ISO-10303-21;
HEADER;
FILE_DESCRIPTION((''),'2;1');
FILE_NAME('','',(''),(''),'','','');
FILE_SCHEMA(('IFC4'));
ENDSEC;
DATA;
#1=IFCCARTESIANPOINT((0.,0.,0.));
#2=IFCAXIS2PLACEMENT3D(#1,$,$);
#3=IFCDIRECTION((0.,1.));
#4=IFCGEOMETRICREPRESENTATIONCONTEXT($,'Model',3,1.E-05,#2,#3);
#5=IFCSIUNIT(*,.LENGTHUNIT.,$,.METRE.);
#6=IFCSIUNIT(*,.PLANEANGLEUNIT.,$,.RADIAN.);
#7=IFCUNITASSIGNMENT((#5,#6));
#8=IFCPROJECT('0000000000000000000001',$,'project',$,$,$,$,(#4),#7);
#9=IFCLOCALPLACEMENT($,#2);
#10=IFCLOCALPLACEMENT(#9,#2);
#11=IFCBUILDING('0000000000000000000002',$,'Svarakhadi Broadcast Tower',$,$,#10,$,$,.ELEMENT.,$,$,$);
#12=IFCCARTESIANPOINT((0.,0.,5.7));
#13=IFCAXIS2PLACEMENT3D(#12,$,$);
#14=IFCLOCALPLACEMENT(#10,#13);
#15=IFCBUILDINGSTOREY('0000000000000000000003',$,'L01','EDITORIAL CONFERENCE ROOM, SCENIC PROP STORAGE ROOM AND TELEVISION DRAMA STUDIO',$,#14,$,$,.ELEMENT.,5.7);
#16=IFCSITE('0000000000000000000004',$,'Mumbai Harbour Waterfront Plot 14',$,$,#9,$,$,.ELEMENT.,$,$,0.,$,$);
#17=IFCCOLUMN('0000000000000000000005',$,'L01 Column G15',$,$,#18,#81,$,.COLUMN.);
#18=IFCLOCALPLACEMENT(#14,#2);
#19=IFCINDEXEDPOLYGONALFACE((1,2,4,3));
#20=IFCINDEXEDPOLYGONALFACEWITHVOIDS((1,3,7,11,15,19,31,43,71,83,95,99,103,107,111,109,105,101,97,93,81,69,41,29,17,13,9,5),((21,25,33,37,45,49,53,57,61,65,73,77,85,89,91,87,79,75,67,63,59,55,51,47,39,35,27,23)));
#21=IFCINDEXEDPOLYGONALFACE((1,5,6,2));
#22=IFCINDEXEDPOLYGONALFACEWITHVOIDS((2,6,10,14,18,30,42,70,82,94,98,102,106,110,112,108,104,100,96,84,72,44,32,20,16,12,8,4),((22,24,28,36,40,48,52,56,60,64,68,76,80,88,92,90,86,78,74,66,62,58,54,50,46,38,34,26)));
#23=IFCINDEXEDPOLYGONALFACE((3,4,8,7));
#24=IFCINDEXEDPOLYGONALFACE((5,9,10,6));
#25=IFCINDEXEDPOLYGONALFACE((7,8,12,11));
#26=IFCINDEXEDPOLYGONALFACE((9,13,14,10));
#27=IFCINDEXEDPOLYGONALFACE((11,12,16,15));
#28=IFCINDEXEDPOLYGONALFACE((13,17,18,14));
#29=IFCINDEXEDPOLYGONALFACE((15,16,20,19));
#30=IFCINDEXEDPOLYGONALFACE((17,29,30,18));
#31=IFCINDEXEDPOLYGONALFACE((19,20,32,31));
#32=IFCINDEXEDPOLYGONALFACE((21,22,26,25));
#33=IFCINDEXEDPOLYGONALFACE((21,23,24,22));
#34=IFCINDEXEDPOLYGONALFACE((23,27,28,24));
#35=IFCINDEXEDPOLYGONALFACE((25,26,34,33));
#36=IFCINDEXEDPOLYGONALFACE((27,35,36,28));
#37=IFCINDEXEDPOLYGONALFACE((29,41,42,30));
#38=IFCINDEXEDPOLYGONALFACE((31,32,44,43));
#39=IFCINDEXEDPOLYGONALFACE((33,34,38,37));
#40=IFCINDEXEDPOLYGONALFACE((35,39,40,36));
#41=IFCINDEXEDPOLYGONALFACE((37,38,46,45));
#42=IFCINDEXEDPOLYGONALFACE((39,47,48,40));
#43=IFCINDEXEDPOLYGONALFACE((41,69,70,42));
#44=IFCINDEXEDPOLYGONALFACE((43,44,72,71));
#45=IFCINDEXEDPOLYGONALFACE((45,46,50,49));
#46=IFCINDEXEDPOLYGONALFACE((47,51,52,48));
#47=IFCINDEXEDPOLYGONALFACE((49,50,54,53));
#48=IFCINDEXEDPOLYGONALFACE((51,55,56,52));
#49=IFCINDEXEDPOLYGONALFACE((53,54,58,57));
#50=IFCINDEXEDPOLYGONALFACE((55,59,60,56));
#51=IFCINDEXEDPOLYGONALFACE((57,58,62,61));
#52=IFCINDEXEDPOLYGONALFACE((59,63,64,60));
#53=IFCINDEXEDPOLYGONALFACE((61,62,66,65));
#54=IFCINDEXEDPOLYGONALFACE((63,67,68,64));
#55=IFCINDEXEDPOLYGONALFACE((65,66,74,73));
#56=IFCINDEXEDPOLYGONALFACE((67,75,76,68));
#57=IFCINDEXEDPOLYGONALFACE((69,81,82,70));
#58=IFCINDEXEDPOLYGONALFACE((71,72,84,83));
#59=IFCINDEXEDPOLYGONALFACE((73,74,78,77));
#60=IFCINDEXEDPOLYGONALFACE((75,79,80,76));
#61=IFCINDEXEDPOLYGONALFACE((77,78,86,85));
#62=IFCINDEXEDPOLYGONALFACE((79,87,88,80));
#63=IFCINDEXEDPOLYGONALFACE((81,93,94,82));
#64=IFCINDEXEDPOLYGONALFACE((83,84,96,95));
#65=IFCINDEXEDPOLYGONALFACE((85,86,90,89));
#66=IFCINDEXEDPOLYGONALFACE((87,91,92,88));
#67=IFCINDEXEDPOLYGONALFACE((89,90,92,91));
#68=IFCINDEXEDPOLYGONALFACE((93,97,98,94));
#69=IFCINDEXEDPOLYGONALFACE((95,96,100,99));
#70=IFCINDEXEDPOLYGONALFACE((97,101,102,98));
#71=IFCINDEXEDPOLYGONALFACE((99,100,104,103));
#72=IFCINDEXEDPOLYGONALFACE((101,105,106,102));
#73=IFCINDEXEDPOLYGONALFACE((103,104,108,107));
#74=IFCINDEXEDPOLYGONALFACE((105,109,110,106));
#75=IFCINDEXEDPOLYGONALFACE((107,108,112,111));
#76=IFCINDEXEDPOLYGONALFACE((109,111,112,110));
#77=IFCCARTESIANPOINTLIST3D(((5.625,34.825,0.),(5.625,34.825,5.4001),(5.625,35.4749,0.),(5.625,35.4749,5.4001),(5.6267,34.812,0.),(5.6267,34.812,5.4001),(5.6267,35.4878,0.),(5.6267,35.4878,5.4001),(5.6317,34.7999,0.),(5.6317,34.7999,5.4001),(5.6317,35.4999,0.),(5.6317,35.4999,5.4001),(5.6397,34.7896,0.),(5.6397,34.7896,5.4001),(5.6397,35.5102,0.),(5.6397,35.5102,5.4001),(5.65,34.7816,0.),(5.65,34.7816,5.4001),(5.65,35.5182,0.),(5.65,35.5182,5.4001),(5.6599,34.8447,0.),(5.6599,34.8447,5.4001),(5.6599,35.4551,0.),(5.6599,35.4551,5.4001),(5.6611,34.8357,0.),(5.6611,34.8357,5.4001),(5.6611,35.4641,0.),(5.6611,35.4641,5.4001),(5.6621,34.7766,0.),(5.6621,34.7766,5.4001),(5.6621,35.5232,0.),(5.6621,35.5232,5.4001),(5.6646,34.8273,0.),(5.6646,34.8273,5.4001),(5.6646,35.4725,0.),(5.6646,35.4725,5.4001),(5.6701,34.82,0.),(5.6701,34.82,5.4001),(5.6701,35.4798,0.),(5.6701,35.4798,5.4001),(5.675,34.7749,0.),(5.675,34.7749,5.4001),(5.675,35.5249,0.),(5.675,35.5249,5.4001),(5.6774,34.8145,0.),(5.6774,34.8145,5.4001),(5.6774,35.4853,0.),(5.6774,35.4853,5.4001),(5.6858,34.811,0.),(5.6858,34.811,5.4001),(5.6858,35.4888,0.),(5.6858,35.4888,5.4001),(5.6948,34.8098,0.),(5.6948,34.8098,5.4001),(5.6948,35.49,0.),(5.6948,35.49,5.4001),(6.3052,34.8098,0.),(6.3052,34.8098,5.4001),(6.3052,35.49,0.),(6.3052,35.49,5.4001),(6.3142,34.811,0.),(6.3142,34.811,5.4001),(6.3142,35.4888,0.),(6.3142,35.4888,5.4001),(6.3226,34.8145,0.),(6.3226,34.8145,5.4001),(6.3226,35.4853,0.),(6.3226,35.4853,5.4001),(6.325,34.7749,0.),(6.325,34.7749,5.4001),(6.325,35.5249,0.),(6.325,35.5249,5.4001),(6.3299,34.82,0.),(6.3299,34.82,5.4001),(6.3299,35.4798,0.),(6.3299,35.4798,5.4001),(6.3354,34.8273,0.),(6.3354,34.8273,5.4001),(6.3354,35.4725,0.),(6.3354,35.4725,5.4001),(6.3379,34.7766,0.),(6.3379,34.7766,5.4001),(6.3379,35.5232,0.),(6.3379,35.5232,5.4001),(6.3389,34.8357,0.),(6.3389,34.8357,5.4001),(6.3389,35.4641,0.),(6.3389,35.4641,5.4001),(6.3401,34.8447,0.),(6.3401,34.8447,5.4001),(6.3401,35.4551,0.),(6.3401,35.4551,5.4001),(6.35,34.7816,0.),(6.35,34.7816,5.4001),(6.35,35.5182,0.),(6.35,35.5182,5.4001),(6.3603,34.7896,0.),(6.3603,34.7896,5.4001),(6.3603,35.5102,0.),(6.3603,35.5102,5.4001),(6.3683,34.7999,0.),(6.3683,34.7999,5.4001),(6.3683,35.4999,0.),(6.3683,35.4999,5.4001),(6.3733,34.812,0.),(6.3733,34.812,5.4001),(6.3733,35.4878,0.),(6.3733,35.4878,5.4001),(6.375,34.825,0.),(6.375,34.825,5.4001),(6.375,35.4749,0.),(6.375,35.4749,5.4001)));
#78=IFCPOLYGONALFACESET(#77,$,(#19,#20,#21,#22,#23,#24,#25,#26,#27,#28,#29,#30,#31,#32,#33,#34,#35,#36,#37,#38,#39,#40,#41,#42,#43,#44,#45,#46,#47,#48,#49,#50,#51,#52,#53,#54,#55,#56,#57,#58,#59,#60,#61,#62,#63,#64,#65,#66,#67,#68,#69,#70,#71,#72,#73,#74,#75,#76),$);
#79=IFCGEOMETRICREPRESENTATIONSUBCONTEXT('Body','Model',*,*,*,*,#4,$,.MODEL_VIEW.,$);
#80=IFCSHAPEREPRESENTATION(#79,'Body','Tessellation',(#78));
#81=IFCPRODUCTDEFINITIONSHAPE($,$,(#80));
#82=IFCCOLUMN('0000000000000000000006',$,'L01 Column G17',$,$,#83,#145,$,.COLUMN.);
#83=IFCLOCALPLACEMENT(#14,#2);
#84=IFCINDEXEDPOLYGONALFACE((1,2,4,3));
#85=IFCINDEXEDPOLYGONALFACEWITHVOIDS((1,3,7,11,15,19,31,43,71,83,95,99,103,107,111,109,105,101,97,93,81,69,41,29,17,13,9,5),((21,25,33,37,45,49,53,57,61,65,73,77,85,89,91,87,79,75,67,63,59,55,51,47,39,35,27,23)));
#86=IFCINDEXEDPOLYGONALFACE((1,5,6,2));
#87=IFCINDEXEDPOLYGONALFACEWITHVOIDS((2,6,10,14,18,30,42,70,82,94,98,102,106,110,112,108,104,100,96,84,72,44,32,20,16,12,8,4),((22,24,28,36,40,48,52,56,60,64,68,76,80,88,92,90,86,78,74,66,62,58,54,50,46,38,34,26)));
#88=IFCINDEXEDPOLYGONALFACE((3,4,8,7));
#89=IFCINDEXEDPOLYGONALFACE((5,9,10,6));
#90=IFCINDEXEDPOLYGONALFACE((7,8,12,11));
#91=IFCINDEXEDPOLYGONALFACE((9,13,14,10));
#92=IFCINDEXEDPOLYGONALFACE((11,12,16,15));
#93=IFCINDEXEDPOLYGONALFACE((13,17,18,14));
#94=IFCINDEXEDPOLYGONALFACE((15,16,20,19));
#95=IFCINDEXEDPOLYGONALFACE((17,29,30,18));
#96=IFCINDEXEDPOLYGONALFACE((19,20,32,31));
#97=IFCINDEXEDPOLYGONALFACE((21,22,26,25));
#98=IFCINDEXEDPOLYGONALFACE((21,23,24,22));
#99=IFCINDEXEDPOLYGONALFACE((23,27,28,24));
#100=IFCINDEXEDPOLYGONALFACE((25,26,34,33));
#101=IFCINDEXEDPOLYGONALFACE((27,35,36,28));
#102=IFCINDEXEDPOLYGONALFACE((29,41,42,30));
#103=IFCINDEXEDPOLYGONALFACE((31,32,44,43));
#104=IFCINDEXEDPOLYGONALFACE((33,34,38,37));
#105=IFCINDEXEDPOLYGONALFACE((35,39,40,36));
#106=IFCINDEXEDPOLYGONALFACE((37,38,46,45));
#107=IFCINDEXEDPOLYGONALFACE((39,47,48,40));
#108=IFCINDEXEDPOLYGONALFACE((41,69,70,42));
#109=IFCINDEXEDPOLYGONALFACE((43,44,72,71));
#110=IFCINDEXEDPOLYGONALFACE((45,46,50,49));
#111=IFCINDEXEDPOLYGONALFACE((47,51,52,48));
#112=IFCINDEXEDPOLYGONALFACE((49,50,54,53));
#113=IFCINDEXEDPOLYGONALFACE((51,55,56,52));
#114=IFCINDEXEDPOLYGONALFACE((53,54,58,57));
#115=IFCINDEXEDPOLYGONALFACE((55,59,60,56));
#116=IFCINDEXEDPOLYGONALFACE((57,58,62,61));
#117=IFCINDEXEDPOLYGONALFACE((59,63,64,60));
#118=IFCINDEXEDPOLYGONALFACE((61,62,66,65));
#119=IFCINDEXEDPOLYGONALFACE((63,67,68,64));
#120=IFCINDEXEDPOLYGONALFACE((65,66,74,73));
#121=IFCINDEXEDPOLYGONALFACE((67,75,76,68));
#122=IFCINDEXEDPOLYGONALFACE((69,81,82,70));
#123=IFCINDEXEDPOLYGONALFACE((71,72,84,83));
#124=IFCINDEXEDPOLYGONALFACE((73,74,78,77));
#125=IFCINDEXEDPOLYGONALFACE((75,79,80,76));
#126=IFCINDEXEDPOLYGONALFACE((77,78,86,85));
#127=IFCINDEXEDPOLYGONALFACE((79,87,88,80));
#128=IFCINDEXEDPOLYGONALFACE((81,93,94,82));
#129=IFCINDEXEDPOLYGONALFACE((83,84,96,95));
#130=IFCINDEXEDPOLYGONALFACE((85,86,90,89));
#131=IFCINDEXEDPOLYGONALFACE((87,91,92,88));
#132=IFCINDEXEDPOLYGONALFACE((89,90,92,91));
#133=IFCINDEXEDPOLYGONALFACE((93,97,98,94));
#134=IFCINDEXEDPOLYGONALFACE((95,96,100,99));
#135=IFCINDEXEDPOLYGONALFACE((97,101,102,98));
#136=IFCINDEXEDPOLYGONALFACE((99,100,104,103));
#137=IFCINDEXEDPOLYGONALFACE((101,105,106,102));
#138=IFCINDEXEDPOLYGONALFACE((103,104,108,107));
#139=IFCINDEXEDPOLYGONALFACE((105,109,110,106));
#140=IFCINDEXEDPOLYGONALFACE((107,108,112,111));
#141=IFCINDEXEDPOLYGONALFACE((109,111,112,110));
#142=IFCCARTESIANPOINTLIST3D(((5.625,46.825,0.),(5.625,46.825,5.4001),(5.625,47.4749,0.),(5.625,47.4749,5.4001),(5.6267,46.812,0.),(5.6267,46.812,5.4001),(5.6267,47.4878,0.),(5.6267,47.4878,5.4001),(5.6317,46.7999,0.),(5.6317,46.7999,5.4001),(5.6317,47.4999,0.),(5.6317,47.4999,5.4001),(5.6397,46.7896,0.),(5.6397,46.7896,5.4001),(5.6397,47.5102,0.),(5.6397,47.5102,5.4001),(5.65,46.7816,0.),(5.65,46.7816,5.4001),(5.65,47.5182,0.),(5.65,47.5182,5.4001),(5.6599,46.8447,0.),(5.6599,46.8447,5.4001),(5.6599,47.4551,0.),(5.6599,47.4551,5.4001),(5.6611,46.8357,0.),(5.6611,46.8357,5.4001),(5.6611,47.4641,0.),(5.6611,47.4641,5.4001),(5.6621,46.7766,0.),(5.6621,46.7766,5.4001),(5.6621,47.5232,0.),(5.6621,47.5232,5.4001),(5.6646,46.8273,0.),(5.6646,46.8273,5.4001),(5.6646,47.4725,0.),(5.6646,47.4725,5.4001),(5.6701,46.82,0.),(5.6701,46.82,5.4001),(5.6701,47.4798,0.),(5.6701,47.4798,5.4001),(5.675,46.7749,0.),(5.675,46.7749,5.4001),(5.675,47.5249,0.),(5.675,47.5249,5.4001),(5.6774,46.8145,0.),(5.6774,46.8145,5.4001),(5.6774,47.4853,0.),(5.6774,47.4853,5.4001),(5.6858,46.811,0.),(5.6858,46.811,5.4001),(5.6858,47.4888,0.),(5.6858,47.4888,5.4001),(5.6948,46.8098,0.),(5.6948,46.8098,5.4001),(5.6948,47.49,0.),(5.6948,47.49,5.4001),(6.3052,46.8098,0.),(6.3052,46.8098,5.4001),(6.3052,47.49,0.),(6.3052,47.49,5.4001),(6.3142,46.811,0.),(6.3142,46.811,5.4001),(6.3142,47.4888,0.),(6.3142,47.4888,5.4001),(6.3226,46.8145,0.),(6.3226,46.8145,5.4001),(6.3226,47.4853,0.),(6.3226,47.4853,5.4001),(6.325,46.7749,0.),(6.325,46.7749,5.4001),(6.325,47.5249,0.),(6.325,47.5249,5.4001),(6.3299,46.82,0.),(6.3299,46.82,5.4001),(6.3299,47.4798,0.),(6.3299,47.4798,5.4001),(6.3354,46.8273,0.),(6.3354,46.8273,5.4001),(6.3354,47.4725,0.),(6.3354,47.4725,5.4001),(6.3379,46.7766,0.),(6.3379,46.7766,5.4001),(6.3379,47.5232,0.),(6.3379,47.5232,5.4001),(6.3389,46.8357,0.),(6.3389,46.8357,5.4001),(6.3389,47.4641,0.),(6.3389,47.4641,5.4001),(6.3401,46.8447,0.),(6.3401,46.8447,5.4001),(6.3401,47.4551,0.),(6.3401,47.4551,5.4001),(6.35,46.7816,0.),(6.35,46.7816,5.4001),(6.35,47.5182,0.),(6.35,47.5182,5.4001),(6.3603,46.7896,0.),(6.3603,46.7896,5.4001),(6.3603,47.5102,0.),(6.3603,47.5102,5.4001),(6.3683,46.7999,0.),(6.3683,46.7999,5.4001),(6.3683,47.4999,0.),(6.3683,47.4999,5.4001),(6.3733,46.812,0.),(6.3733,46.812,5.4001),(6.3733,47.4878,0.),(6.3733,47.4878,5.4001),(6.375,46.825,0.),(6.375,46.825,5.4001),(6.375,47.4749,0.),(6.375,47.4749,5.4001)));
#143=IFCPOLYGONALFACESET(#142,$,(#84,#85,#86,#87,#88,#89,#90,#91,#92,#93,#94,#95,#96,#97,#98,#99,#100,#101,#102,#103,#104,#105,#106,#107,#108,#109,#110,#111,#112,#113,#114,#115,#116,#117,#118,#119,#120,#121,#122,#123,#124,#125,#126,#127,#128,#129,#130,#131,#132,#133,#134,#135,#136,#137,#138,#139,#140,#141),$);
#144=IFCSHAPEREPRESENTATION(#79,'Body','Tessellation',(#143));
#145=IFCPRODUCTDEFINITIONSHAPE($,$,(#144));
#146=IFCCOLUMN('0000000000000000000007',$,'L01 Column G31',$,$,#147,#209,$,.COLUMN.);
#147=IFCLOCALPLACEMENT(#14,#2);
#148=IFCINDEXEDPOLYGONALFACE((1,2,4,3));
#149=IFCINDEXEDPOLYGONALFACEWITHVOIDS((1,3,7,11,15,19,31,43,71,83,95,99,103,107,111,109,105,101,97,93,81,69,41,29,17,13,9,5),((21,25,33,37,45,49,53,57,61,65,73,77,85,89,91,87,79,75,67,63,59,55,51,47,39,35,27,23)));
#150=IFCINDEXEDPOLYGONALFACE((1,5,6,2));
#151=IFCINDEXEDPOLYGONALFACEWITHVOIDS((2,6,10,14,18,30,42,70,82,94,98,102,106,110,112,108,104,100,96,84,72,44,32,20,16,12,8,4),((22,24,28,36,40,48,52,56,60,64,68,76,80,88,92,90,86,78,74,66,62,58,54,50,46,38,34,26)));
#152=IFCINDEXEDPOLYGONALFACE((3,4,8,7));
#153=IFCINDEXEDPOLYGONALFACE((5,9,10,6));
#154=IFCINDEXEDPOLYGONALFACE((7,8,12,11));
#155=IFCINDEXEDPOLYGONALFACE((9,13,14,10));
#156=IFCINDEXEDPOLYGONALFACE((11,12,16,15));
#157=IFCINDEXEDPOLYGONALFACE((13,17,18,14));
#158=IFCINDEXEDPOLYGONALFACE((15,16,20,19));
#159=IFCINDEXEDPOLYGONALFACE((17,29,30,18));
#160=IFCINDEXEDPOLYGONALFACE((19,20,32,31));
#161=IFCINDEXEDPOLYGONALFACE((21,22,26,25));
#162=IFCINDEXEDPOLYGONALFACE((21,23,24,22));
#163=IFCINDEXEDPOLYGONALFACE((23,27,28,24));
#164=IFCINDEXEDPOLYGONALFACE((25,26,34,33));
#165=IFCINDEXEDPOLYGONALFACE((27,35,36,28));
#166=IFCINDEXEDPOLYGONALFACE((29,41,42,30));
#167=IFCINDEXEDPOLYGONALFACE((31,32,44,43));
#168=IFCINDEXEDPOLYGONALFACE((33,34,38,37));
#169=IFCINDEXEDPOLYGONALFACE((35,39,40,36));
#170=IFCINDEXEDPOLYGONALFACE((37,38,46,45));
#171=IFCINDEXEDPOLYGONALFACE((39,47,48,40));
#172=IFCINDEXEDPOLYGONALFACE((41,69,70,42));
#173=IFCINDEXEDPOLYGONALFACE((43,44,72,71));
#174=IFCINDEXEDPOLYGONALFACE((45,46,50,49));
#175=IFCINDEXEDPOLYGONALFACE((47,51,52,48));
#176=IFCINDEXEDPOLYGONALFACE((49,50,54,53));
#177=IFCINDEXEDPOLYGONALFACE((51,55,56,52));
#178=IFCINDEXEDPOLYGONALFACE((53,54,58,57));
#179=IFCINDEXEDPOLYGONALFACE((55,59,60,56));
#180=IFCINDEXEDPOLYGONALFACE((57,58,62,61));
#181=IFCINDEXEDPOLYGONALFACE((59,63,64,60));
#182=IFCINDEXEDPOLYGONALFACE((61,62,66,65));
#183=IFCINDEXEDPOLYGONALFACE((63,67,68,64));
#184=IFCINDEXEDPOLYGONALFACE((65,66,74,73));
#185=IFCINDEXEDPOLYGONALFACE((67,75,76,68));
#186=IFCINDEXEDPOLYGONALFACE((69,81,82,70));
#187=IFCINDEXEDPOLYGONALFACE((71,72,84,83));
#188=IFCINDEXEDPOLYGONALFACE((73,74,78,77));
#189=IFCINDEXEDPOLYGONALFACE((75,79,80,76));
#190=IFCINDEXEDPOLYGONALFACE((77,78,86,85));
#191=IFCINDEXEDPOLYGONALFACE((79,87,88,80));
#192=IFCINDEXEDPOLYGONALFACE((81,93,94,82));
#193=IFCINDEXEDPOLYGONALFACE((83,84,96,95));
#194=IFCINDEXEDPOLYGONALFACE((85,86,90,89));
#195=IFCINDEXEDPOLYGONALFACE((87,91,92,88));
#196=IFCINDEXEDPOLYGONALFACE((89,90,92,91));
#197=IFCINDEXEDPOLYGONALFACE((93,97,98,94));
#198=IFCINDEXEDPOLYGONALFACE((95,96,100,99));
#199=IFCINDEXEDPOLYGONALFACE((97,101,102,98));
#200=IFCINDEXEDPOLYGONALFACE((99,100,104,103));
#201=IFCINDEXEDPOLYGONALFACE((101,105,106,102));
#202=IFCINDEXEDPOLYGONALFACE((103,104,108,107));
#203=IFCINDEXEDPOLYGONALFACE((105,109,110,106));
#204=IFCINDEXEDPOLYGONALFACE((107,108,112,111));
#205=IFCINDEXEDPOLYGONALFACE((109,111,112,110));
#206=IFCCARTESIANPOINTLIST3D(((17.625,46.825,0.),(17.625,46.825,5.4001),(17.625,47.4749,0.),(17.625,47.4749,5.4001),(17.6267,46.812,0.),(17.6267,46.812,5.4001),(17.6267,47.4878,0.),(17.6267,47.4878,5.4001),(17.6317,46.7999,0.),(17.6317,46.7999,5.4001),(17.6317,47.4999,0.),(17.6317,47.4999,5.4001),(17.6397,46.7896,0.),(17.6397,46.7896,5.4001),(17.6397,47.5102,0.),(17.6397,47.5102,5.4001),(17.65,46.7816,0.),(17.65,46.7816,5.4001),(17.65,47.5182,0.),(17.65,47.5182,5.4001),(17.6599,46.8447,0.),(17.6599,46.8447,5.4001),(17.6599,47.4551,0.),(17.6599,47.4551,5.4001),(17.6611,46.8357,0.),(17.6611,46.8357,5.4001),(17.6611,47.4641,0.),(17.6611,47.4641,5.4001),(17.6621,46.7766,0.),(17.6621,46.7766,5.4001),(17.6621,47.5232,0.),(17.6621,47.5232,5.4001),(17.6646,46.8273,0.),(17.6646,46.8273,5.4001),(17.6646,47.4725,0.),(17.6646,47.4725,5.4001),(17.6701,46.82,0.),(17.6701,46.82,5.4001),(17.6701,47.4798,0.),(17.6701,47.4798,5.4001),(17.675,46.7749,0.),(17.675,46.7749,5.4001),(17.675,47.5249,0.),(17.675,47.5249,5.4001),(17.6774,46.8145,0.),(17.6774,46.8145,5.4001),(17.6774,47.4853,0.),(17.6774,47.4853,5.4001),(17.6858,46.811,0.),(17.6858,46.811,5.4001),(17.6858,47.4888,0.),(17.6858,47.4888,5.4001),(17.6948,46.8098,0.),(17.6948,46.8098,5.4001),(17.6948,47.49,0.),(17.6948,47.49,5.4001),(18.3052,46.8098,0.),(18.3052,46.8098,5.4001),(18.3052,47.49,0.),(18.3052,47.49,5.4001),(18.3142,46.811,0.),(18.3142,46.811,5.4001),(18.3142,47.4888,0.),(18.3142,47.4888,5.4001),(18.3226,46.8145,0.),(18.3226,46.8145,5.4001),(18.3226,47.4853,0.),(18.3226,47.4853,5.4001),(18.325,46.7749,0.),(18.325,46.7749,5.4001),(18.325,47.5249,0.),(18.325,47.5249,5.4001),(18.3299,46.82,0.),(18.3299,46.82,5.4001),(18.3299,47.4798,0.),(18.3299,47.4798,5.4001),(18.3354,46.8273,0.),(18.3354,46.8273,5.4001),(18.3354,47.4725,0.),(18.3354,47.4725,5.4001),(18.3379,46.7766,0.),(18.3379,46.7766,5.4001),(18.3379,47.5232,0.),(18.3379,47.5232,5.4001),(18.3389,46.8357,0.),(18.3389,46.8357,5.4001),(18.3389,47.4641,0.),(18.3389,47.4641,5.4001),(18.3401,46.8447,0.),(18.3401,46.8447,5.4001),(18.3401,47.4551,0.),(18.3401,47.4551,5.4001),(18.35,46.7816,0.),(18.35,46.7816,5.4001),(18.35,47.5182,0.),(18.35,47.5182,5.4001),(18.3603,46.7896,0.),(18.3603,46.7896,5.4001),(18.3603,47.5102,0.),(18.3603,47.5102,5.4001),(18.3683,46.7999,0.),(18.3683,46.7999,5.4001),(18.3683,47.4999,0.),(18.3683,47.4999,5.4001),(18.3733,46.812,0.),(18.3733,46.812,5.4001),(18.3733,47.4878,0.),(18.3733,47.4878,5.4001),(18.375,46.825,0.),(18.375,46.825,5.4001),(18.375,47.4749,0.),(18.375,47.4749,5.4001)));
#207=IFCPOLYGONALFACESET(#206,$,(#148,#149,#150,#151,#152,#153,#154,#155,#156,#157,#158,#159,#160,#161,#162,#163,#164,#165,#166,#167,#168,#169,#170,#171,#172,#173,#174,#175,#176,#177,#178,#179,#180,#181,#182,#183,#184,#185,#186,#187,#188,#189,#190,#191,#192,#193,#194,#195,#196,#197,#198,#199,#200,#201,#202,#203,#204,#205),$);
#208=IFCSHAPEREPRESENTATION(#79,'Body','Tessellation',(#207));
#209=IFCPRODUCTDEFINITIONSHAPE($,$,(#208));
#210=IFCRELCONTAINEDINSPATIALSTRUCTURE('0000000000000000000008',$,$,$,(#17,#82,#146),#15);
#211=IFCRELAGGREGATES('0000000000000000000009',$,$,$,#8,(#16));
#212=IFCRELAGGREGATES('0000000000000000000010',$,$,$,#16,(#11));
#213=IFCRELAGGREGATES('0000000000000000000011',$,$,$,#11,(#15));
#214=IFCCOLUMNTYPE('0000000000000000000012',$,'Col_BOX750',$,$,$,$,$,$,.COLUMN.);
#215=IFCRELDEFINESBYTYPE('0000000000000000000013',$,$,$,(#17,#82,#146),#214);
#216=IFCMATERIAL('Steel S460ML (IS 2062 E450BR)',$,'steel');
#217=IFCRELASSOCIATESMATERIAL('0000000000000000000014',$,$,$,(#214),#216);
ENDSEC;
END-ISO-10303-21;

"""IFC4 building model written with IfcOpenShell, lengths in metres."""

from ifc_helpers import new_model, si_unit, direction, frame, origin, origin_2d, place, context, subcontext, project, spatial, hollow_rectangle, extrude, material, material_profile, profile_set, type_object, element, save


model = new_model("IFC4")

# Units and contexts
model_context = context("Model", 3, precision=1e-05, world=origin(), true_north=direction((0.0, 1.0)))
body_context = subcontext(model_context, "Body", "Model", "MODEL_VIEW")
ifc_project = project(units=[si_unit("LENGTHUNIT", "METRE"), si_unit("PLANEANGLEUNIT", "RADIAN")], contexts=[model_context])

# Site, building, storey
site_placement = place(None, origin())
site = spatial("IfcSite", under=ifc_project, at=site_placement, Name="Mumbai Harbour Waterfront Plot 14", CompositionType="ELEMENT", RefElevation=0.0)
building_placement = place(site_placement, origin())
building = spatial("IfcBuilding", under=site, at=building_placement, Name="Svarakhadi Broadcast Tower", CompositionType="ELEMENT")
storey_placement = place(building_placement, frame((0.0, 0.0, 5.7)))
storey = spatial("IfcBuildingStorey", under=building, at=storey_placement, Name="L01", Description="EDITORIAL CONFERENCE ROOM, SCENIC PROP STORAGE ROOM AND TELEVISION DRAMA STUDIO", CompositionType="ELEMENT", Elevation=5.7)

# Columns
ifc_material_1 = material(Name="Steel S460ML (IS 2062 E450BR)", Category="steel")
ifc_material_profile_1 = material_profile(ifc_material_1, hollow_rectangle(XDim=0.75, YDim=0.75, WallThickness=0.0349, InnerFilletRadius=0.0349, OuterFilletRadius=0.05, at=origin_2d()), Name="BOX 750x750x35")
ifc_profile_set_1 = profile_set([ifc_material_profile_1], Name="Steel S460ML (IS 2062 E450BR)")
column_type_1 = type_object("IfcColumnType", Name="Col_BOX750", PredefinedType="COLUMN", material=ifc_profile_set_1)
for number, where, z_axis, x_axis, name in (
    (1, (6.0, 35.1499, 0.0), (0.0, 0.0, 1.0), (1.0, 0.0, 0.0), "L01 Column G15"),
    (2, (6.0, 47.1499, 0.0), (0.0, 0.0, 1.0), (1.0, 0.0, 0.0), "L01 Column G17"),
    (3, (18.0, 47.1499, 0.0), (0.0, 0.0, 1.0), (1.0, 0.0, 0.0), "L01 Column G31"),
):
    element("IfcColumn", number, at=place(storey_placement, frame(where, z_axis=z_axis, x_axis=x_axis)), inside=storey, type_object=column_type_1, Name=name, PredefinedType="COLUMN", context=body_context, shape_type="SweptSolid", body=[
        extrude(hollow_rectangle(XDim=0.75, YDim=0.75, WallThickness=0.0349, InnerFilletRadius=0.0349, OuterFilletRadius=0.05, at=origin_2d()), origin(), (0.0, 0.0, 1.0), 5.4001),
    ])

save(model, "model.ifc")
